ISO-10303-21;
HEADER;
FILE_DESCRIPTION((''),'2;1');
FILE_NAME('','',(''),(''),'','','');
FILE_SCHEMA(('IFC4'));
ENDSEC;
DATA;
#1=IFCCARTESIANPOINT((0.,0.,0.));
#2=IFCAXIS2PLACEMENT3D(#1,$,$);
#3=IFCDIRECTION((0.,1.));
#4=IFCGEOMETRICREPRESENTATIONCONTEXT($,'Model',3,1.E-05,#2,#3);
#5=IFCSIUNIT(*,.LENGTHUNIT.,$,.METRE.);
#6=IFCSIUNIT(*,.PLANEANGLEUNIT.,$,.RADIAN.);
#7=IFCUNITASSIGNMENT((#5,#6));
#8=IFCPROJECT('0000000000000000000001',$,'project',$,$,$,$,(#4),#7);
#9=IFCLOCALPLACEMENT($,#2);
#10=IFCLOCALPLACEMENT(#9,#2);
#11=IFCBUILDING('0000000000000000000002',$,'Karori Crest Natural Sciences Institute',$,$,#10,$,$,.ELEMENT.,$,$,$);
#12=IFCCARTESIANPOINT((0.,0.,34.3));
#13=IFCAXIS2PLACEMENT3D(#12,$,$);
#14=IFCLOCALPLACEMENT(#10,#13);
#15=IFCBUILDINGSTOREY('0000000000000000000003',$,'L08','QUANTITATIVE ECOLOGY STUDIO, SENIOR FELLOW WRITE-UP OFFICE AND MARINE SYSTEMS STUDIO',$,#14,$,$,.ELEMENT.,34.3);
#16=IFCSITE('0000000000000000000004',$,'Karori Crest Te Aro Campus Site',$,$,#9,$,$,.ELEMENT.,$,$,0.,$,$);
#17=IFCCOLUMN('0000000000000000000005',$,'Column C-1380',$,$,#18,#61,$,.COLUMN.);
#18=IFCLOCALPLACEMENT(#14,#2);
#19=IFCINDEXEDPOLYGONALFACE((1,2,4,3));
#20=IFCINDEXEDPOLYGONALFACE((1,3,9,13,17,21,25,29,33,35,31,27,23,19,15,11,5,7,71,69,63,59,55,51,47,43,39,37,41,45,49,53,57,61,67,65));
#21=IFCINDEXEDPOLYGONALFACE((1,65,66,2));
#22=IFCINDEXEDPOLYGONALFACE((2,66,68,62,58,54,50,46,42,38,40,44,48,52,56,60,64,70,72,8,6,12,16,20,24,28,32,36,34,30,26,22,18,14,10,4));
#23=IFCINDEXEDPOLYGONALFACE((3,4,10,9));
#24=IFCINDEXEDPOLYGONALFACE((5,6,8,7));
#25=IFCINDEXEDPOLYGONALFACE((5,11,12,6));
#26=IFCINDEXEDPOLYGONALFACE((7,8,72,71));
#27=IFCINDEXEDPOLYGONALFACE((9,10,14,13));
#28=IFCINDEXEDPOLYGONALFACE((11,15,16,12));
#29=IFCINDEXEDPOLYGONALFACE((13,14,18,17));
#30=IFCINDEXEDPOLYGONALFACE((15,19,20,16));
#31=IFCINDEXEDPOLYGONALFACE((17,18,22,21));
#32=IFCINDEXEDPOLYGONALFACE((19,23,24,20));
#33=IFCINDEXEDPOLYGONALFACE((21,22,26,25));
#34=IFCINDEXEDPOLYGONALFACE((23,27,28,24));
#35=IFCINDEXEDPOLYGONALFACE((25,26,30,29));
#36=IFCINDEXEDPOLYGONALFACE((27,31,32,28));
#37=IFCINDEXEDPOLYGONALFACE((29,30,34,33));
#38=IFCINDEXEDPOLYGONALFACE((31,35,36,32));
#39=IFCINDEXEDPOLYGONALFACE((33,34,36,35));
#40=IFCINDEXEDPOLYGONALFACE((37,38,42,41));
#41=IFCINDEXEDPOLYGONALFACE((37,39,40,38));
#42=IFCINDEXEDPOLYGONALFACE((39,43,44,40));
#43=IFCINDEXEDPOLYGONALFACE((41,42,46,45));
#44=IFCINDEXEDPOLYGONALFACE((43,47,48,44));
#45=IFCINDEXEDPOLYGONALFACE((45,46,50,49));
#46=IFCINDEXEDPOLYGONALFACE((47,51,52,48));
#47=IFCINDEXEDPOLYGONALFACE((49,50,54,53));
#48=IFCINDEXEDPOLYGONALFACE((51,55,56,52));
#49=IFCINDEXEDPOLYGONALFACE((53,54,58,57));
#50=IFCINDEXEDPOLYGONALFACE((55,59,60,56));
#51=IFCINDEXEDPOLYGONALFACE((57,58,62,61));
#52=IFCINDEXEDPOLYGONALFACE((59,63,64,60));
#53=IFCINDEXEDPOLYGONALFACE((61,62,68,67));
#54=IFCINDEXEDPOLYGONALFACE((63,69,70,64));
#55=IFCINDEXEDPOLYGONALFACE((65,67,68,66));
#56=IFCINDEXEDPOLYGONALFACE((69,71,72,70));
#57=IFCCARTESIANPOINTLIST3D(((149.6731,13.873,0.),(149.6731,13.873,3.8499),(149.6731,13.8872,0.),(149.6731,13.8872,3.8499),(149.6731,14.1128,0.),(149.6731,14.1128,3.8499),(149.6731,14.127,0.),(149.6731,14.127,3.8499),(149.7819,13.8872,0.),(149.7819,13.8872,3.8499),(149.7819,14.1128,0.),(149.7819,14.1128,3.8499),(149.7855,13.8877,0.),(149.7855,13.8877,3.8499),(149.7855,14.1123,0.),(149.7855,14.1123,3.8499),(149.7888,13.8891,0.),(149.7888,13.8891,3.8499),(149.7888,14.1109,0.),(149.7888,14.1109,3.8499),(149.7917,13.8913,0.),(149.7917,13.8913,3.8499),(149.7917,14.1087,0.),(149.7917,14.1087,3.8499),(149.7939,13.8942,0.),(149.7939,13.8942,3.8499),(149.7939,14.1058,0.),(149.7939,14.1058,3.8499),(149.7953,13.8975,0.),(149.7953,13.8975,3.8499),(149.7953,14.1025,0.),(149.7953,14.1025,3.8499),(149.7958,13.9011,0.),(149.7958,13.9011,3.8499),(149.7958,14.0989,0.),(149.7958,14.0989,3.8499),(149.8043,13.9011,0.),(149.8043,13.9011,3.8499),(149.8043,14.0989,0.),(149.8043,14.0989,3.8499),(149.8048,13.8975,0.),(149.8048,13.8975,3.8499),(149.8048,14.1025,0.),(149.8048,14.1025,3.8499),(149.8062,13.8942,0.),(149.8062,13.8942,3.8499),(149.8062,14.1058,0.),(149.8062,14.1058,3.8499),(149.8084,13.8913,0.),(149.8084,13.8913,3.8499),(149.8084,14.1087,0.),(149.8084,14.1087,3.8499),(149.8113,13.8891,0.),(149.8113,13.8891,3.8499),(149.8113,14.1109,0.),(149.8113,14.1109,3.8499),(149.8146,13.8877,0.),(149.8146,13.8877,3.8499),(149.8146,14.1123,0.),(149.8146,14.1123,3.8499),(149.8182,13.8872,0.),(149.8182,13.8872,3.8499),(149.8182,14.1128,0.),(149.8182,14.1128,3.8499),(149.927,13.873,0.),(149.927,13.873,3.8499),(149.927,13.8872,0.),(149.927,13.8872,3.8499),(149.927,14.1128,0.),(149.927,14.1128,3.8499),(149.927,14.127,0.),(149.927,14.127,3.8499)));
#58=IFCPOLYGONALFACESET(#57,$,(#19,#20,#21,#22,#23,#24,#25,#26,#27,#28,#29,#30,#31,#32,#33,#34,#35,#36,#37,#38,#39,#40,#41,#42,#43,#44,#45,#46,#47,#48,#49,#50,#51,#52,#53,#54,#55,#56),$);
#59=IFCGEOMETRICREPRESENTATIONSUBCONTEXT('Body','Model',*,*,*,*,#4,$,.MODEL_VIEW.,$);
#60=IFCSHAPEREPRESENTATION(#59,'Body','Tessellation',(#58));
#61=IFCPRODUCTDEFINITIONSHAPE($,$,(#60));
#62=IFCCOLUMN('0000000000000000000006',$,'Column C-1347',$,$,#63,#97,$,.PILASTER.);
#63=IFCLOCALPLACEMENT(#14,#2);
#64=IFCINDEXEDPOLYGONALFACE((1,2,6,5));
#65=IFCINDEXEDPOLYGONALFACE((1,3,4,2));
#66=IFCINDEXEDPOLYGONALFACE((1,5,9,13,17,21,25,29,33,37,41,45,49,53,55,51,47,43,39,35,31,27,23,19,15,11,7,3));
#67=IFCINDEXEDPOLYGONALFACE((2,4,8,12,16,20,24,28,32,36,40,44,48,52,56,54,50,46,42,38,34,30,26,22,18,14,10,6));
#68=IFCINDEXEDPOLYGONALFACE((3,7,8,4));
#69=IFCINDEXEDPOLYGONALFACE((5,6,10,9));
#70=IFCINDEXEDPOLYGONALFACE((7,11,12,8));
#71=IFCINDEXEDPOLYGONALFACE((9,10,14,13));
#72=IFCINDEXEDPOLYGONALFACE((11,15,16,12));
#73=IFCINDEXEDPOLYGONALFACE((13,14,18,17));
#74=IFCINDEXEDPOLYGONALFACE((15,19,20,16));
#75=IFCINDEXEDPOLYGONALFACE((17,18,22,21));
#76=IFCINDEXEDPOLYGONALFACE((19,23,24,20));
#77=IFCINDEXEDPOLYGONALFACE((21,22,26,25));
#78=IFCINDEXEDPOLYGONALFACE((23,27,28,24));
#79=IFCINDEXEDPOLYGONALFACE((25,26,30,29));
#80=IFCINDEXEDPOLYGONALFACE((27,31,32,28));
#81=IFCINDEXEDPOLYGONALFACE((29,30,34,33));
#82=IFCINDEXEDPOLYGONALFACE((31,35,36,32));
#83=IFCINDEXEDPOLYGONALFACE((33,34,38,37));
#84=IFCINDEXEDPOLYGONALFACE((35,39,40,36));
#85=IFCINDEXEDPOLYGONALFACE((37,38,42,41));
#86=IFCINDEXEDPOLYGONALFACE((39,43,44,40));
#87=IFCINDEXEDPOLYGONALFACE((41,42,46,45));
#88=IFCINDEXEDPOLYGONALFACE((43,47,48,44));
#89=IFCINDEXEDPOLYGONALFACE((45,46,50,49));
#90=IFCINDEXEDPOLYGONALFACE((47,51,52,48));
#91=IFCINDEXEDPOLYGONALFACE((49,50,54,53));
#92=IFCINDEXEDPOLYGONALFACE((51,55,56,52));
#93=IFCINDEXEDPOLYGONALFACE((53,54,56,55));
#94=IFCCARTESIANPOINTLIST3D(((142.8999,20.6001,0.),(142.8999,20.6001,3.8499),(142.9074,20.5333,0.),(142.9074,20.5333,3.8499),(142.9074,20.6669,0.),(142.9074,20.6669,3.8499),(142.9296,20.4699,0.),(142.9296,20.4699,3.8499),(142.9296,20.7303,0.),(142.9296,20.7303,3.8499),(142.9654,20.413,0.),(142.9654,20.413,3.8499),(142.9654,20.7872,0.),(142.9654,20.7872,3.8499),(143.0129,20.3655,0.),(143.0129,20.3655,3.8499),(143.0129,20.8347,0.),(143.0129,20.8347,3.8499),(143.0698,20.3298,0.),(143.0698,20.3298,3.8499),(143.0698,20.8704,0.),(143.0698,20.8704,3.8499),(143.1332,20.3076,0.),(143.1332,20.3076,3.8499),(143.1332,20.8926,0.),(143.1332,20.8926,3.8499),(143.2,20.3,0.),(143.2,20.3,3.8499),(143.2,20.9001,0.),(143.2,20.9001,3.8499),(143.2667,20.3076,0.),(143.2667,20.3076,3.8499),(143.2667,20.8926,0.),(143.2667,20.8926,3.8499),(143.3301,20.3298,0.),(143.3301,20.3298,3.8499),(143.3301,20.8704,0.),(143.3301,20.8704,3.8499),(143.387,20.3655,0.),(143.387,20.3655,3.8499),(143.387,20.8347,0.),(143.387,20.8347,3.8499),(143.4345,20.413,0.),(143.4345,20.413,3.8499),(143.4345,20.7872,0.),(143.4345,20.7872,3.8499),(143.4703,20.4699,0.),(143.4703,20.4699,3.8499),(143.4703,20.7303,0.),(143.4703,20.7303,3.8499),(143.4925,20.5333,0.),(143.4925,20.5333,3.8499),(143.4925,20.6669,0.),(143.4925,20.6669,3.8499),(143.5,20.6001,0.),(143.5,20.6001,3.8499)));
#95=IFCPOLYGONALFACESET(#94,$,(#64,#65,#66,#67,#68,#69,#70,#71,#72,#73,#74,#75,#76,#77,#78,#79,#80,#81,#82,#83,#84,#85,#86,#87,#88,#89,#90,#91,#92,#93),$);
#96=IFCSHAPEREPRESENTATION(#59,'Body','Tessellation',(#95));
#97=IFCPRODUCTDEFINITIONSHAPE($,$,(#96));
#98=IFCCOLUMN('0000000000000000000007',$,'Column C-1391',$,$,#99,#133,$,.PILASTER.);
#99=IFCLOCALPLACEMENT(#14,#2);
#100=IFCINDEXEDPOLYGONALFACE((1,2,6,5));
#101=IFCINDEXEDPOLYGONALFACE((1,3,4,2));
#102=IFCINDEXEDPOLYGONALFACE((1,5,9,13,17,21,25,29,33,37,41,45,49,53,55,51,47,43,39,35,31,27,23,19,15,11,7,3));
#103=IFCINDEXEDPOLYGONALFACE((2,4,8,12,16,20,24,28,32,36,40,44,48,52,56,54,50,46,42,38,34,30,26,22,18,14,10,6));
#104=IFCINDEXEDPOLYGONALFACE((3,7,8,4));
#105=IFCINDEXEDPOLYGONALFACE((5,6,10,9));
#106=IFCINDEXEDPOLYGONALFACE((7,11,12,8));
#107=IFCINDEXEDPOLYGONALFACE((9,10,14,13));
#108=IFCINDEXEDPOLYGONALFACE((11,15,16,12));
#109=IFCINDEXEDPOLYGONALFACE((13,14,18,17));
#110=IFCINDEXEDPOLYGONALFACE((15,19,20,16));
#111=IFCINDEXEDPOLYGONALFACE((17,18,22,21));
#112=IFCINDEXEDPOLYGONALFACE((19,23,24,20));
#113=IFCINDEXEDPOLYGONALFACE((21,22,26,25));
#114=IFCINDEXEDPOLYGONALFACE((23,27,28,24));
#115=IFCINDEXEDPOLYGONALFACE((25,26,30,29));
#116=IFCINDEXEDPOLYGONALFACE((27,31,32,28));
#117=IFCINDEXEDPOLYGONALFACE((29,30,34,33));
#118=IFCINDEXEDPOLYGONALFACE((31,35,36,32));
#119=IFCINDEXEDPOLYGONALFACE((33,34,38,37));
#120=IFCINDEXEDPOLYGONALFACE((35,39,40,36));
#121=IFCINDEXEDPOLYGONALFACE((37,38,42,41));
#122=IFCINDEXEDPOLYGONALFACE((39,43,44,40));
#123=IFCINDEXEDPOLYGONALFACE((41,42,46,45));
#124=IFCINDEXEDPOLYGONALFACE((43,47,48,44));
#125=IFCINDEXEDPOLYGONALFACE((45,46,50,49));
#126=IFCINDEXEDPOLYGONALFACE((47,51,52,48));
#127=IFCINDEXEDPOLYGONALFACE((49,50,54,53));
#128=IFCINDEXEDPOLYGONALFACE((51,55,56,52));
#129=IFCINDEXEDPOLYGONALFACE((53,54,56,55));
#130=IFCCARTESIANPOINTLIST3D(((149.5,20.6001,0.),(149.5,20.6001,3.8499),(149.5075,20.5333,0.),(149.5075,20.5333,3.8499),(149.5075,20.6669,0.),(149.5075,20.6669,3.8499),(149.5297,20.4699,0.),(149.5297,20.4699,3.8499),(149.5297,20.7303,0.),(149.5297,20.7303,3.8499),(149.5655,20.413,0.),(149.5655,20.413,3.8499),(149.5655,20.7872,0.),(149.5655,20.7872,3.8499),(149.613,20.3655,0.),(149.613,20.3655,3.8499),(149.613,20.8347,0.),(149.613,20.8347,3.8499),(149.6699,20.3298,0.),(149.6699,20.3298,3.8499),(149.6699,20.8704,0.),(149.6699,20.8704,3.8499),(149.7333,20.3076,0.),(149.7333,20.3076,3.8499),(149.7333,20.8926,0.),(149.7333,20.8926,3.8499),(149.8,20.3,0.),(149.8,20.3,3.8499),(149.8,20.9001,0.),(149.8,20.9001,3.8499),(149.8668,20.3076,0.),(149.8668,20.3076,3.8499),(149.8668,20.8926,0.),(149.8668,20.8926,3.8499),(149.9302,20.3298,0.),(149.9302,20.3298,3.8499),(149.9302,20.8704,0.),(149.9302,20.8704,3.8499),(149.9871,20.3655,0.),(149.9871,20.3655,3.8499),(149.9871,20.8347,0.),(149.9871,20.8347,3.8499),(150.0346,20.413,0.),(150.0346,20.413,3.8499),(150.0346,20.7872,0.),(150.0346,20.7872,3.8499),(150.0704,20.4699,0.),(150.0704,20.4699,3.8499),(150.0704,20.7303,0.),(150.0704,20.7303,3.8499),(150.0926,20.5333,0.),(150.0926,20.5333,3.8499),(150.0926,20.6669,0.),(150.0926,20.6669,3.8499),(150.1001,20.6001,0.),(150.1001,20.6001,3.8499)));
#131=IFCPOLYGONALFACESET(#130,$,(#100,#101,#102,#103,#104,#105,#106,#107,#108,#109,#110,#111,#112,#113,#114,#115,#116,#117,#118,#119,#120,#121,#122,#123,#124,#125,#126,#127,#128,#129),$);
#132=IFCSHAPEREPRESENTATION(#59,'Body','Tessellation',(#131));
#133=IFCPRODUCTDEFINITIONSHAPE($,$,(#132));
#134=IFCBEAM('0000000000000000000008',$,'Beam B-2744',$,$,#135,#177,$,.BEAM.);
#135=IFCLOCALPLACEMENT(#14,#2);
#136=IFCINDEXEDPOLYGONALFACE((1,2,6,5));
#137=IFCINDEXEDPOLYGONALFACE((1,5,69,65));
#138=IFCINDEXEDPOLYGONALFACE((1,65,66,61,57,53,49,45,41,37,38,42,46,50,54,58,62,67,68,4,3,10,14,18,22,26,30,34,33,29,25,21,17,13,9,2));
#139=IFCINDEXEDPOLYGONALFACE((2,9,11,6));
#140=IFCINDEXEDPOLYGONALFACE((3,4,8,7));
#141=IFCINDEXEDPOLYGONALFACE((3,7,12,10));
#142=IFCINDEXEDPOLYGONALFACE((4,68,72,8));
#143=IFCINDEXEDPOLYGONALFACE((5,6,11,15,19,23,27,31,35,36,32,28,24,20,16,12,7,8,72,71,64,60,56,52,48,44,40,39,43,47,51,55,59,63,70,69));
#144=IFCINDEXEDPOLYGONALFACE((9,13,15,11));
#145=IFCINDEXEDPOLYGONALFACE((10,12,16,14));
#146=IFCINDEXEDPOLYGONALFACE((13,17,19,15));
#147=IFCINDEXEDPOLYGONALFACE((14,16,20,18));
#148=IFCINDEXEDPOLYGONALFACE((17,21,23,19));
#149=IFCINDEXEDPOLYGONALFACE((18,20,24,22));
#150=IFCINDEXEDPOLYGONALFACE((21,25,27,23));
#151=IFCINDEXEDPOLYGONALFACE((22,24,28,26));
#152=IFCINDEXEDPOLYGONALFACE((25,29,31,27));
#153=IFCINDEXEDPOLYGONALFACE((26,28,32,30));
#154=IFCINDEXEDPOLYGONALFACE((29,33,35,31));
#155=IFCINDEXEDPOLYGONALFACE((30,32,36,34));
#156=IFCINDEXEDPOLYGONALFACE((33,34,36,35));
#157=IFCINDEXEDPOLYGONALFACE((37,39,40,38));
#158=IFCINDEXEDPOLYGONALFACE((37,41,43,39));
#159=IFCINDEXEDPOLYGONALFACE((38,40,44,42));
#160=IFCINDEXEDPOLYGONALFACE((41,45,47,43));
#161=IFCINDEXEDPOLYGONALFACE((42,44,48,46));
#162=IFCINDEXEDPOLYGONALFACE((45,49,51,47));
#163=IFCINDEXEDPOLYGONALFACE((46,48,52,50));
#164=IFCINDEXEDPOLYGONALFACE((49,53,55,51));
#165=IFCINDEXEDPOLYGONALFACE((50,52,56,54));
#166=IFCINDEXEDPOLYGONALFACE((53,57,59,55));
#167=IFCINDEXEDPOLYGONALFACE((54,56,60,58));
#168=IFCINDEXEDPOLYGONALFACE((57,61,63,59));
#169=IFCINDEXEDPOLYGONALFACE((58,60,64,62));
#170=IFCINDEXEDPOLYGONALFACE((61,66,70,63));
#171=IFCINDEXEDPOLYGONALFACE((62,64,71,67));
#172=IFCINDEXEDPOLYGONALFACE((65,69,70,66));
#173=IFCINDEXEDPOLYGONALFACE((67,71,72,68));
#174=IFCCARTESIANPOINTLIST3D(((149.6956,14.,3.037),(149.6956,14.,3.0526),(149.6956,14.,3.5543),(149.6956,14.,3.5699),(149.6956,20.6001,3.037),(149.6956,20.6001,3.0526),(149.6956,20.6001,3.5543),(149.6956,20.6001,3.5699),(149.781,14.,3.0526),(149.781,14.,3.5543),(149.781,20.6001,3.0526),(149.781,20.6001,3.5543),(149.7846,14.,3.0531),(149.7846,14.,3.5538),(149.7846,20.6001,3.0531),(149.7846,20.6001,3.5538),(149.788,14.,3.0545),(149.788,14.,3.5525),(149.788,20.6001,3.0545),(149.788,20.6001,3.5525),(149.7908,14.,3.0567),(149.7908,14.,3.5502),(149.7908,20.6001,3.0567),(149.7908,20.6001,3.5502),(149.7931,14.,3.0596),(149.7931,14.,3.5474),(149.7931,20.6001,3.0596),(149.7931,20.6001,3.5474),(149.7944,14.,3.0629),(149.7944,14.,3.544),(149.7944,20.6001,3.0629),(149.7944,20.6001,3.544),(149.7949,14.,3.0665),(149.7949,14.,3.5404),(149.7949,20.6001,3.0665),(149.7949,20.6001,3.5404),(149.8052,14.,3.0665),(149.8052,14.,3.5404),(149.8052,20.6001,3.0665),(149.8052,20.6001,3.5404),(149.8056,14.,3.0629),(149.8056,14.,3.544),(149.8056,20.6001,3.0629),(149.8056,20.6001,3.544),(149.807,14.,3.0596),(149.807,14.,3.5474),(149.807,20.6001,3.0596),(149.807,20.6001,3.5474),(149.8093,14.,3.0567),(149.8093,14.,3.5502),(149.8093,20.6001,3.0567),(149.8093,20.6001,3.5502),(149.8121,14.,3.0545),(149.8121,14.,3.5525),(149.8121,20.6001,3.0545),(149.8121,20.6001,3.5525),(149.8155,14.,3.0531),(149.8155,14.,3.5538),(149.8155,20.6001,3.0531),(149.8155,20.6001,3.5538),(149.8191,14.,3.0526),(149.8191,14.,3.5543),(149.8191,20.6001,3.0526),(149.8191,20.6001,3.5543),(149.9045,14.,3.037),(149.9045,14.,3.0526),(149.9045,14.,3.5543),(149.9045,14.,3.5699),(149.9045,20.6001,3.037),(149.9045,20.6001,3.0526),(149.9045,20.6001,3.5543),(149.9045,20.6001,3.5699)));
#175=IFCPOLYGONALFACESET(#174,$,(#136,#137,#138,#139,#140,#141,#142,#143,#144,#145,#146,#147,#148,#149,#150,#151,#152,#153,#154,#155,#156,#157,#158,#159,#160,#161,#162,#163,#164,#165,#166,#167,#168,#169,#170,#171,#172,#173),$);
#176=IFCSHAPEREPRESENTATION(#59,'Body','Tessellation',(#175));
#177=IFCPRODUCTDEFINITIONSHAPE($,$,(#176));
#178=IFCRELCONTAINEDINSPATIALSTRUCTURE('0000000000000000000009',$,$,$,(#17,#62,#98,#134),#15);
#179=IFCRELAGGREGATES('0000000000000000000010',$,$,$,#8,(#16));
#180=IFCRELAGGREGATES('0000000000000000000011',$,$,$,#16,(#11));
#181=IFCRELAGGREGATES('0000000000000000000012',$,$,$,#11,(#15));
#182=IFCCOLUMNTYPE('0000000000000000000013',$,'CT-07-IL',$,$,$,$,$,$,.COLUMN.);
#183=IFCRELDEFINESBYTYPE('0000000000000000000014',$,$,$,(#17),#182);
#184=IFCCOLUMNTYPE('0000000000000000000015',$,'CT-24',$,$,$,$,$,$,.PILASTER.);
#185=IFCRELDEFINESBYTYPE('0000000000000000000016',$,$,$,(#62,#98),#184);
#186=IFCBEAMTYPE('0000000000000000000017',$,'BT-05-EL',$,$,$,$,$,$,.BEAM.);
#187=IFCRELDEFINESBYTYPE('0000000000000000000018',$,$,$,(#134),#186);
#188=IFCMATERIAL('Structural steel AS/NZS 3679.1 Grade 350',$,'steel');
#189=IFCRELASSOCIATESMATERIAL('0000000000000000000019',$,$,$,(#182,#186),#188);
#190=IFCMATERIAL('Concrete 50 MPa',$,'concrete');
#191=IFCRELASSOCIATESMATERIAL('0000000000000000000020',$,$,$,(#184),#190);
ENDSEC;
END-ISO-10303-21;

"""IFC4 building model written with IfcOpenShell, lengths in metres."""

from ifc_helpers import new_model, si_unit, direction, frame, origin, origin_2d, place, context, subcontext, project, spatial, circle, i_section, extrude, material, material_profile, profile_set, type_object, element, save


model = new_model("IFC4")

# Units and contexts
model_context = context("Model", 3, precision=1e-05, world=origin(), true_north=direction((0.0, 1.0)))
body_context = subcontext(model_context, "Body", "Model", "MODEL_VIEW")
ifc_project = project(units=[si_unit("LENGTHUNIT", "METRE"), si_unit("PLANEANGLEUNIT", "RADIAN")], contexts=[model_context])

# Site, building, storey
site_placement = place(None, origin())
site = spatial("IfcSite", under=ifc_project, at=site_placement, Name="Karori Crest Te Aro Campus Site", CompositionType="ELEMENT", RefElevation=0.0)
building_placement = place(site_placement, origin())
building = spatial("IfcBuilding", under=site, at=building_placement, Name="Karori Crest Natural Sciences Institute", CompositionType="ELEMENT")
storey_placement = place(building_placement, frame((0.0, 0.0, 34.3)))
storey = spatial("IfcBuildingStorey", under=building, at=storey_placement, Name="L08", Description="QUANTITATIVE ECOLOGY STUDIO, SENIOR FELLOW WRITE-UP OFFICE AND MARINE SYSTEMS STUDIO", CompositionType="ELEMENT", Elevation=34.3)

# Columns
ifc_material_1 = material(Name="Structural steel AS/NZS 3679.1 Grade 350", Category="steel")
ifc_material_profile_1 = material_profile(ifc_material_1, i_section(OverallWidth=0.2539, OverallDepth=0.2539, WebThickness=0.0085, FlangeThickness=0.0142, FilletRadius=0.0139, at=origin_2d()), Name="250UC72.9")
ifc_profile_set_1 = profile_set([ifc_material_profile_1], Name="Structural steel AS/NZS 3679.1 Grade 350")
column_type_1 = type_object("IfcColumnType", Name="CT-07-IL", PredefinedType="COLUMN", material=ifc_profile_set_1)
column_placement = place(storey_placement, frame((149.8, 14.0, 0.0), z_axis=(0.0, 0.0, 1.0), x_axis=(1.0, 0.0, 0.0)))
element("IfcColumn", 1, at=column_placement, inside=storey, type_object=column_type_1, Name="Column C-1380", PredefinedType="COLUMN", context=body_context, shape_type="SweptSolid", body=[
    extrude(i_section(OverallWidth=0.2539, OverallDepth=0.2539, WebThickness=0.0085, FlangeThickness=0.0142, FilletRadius=0.0139, at=origin_2d()), origin(), (0.0, 0.0, 1.0), 3.8499),
])
ifc_material_2 = material(Name="Concrete 50 MPa", Category="concrete")
ifc_material_profile_2 = material_profile(ifc_material_2, circle(Radius=0.3, at=origin_2d()), Name="RCC600")
ifc_profile_set_2 = profile_set([ifc_material_profile_2], Name="Concrete 50 MPa")
column_type_2 = type_object("IfcColumnType", Name="CT-24", PredefinedType="PILASTER", material=ifc_profile_set_2)
for number, where, z_axis, x_axis, name in (
    (2, (143.2, 20.6001, 0.0), (0.0, 0.0, 1.0), (1.0, 0.0, 0.0), "Column C-1347"),
    (3, (149.8, 20.6001, 0.0), (0.0, 0.0, 1.0), (1.0, 0.0, 0.0), "Column C-1391"),
):
    element("IfcColumn", number, at=place(storey_placement, frame(where, z_axis=z_axis, x_axis=x_axis)), inside=storey, type_object=column_type_2, Name=name, PredefinedType="PILASTER", context=body_context, shape_type="SweptSolid", body=[
        extrude(circle(Radius=0.3, at=origin_2d()), origin(), (0.0, 0.0, 1.0), 3.8499),
    ])

# Beam
ifc_material_profile_3 = material_profile(ifc_material_1, i_section(OverallWidth=0.209, OverallDepth=0.533, WebThickness=0.0103, FlangeThickness=0.0156, FilletRadius=0.0139, at=origin_2d()), Name="530UB92.4")
ifc_profile_set_3 = profile_set([ifc_material_profile_3], Name="Structural steel AS/NZS 3679.1 Grade 350")
beam_type_1 = type_object("IfcBeamType", Name="BT-05-EL", PredefinedType="BEAM", material=ifc_profile_set_3)
beam_1_placement = place(storey_placement, frame((149.8, 14.0, 3.3035), z_axis=(0.0, 1.0, 0.0), x_axis=(-1.0, 0.0, 0.0)))
element("IfcBeam", 4, at=beam_1_placement, inside=storey, type_object=beam_type_1, Name="Beam B-2744", PredefinedType="BEAM", context=body_context, shape_type="SweptSolid", body=[
    extrude(i_section(OverallWidth=0.209, OverallDepth=0.533, WebThickness=0.0103, FlangeThickness=0.0156, FilletRadius=0.0139, at=origin_2d()), origin(), (0.0, 0.0, 1.0), 6.6001),
])

save(model, "model.ifc")
